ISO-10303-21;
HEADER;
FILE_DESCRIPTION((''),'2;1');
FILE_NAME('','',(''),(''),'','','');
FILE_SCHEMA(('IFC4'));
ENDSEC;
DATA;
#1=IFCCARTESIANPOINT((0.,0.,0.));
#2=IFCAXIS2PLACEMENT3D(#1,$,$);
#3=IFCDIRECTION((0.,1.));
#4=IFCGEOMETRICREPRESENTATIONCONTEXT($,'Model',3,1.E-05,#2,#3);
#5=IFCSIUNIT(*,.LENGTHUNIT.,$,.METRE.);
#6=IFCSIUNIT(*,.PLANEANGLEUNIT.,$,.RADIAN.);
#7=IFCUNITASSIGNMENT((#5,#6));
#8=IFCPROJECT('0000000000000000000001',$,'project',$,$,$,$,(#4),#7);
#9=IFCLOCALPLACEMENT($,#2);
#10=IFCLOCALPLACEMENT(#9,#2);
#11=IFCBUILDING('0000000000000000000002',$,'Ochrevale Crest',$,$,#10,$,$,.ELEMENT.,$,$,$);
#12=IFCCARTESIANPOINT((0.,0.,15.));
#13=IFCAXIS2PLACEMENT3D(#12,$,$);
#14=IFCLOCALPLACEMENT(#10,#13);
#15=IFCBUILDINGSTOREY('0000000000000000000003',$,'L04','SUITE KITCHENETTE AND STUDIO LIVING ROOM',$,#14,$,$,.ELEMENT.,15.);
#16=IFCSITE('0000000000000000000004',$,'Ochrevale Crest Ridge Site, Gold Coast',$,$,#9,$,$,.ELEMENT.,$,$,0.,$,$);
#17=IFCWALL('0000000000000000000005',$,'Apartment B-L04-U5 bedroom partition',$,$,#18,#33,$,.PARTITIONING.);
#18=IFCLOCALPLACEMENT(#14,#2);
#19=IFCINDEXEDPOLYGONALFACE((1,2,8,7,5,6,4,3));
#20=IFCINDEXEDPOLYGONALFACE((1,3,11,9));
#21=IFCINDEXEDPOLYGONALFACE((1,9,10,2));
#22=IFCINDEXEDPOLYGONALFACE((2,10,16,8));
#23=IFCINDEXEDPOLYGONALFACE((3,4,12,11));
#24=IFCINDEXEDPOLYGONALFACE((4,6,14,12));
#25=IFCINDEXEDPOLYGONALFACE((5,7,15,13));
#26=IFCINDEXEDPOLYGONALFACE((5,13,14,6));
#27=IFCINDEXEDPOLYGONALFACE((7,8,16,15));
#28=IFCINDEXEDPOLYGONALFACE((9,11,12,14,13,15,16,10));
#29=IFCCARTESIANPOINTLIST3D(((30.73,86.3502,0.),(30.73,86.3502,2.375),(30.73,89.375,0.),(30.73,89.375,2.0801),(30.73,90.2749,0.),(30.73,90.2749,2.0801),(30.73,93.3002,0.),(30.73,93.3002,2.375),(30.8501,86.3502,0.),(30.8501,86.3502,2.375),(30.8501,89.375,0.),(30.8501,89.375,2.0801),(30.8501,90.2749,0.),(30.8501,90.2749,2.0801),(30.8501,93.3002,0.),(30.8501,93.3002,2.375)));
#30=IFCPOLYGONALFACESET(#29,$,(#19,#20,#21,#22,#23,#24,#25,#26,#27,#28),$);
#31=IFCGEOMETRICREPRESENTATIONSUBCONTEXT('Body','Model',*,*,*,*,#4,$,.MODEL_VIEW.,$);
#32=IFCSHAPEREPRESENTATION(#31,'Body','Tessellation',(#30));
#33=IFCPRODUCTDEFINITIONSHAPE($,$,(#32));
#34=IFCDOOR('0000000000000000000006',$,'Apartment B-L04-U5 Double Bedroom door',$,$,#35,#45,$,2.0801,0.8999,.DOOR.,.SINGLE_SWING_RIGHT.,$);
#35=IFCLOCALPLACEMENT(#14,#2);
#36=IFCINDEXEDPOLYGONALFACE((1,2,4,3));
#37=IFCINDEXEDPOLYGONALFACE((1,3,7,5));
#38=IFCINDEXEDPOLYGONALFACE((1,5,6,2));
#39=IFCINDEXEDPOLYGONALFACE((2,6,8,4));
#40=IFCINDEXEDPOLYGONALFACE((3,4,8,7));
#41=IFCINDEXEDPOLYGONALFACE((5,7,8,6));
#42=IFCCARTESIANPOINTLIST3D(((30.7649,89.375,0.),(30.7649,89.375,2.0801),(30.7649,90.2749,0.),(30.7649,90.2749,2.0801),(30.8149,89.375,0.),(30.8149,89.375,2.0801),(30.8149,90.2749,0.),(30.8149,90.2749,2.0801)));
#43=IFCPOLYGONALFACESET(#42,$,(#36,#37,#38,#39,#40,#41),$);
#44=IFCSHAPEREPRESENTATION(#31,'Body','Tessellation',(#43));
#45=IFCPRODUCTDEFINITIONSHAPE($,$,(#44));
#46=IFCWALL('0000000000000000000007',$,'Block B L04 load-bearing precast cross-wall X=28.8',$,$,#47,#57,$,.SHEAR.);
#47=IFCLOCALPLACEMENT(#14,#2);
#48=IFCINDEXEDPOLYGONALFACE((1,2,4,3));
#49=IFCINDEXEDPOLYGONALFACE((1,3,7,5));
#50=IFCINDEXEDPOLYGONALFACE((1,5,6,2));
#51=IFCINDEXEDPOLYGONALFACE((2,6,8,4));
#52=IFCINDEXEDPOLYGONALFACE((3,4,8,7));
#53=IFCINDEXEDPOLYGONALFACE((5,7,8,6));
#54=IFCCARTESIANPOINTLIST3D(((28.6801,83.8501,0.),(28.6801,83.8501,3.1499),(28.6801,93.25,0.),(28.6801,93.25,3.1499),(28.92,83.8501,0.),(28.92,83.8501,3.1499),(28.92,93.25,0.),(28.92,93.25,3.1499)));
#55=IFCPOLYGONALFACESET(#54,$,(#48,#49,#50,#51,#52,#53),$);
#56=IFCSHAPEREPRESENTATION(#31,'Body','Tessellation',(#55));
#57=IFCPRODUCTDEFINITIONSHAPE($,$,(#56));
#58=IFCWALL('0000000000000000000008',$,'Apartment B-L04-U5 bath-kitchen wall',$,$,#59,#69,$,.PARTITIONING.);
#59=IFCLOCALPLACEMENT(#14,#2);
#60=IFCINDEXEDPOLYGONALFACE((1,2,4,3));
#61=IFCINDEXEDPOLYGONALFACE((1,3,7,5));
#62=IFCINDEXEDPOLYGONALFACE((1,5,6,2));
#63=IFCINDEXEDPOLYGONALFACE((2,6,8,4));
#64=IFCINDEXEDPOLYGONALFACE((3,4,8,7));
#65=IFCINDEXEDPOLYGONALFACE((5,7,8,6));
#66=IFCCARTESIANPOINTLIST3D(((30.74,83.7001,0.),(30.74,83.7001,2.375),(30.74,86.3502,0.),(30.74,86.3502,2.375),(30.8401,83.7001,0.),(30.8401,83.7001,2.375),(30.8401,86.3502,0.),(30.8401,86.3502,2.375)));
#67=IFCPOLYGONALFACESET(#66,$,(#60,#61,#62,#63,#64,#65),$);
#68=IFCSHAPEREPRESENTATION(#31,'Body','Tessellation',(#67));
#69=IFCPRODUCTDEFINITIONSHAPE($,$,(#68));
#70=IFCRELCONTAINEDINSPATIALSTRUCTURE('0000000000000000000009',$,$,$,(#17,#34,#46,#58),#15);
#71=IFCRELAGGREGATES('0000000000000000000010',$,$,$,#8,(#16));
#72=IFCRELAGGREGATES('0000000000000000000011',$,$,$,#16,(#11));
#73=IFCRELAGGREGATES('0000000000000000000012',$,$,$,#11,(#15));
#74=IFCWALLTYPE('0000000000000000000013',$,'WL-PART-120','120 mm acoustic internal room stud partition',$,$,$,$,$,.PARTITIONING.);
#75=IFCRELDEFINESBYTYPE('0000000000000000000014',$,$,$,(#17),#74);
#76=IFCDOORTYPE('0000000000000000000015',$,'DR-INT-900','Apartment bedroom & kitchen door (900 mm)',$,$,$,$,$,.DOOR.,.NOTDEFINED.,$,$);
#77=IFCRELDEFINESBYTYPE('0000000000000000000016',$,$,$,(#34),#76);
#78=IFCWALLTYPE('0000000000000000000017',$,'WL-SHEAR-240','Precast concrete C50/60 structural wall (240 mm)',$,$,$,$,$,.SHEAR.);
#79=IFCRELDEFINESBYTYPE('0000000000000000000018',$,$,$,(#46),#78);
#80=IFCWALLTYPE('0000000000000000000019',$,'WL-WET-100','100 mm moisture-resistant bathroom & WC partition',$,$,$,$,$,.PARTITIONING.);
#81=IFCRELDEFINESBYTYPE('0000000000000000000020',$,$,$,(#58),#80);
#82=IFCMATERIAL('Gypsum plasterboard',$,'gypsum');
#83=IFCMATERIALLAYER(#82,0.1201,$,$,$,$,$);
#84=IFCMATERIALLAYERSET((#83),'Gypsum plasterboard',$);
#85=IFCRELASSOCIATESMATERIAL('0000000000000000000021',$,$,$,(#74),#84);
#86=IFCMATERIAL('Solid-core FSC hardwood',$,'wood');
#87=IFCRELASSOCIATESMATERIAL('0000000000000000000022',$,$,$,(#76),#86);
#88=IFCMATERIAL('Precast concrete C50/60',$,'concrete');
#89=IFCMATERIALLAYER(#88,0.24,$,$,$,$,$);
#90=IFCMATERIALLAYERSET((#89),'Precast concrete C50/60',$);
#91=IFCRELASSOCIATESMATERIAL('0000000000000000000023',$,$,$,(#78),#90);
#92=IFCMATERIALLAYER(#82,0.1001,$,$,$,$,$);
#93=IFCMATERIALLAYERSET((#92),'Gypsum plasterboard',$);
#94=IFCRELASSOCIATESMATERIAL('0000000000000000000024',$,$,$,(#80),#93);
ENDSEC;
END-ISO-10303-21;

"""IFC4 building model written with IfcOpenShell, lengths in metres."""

from ifc_helpers import new_model, si_unit, direction, frame, frame_2d, origin, place, context, subcontext, project, spatial, rectangle, extrude, material, layer, layer_set, type_object, element, fill, save


model = new_model("IFC4")

# Units and contexts
model_context = context("Model", 3, precision=1e-05, world=origin(), true_north=direction((0.0, 1.0)))
body_context = subcontext(model_context, "Body", "Model", "MODEL_VIEW")
ifc_project = project(units=[si_unit("LENGTHUNIT", "METRE"), si_unit("PLANEANGLEUNIT", "RADIAN")], contexts=[model_context])

# Site, building, storey
site_placement = place(None, origin())
site = spatial("IfcSite", under=ifc_project, at=site_placement, Name="Ochrevale Crest Ridge Site, Gold Coast", CompositionType="ELEMENT", RefElevation=0.0)
building_placement = place(site_placement, origin())
building = spatial("IfcBuilding", under=site, at=building_placement, Name="Ochrevale Crest", CompositionType="ELEMENT")
storey_placement = place(building_placement, frame((0.0, 0.0, 15.0)))
storey = spatial("IfcBuildingStorey", under=building, at=storey_placement, Name="L04", Description="SUITE KITCHENETTE AND STUDIO LIVING ROOM", CompositionType="ELEMENT", Elevation=15.0)

# Shared definitions
ifc_material_1 = material(Name="Precast concrete C50/60", Category="concrete")

# Shared definitions
ifc_material_2 = material(Name="Gypsum plasterboard", Category="gypsum")
ifc_material_3 = material(Name="Solid-core FSC hardwood", Category="wood")

# Shared definitions
ifc_layer_1 = layer(ifc_material_2, 0.1201)
ifc_layer_set_1 = layer_set([ifc_layer_1], Name="Gypsum plasterboard")
wall_type_1 = type_object("IfcWallType", Name="WL-PART-120", Description="120 mm acoustic internal room stud partition", PredefinedType="PARTITIONING", material=ifc_layer_set_1)

# Shared definitions
door_type_1 = type_object("IfcDoorType", Name="DR-INT-900", Description="Apartment bedroom & kitchen door (900 mm)", OperationType="NOTDEFINED", PredefinedType="DOOR", material=ifc_material_3)

# Wall, opening, door
wall_1_placement = place(storey_placement, frame((30.79, 86.3501, 0.0), z_axis=(0.0, 0.0, 1.0), x_axis=(0.0, 1.0, 0.0)))
wall_1 = element("IfcWall", 1, at=wall_1_placement, inside=storey, type_object=wall_type_1, Name="Apartment B-L04-U5 bedroom partition", PredefinedType="PARTITIONING", context=body_context, shape_type="SweptSolid", body=[
    extrude(rectangle(XDim=6.95, YDim=0.1201, at=frame_2d((3.4751, 0.0))), origin(), (0.0, 0.0, 1.0), 2.375),
])
opening_1_placement = place(wall_1_placement, frame((3.9248, 0.0, 0.0), z_axis=(0.0, 0.0, 1.0), x_axis=(-1.0, 0.0, 0.0)))
opening_1 = element("IfcOpeningElement", 2, at=opening_1_placement, cuts=wall_1, PredefinedType="OPENING", context=body_context, shape_type="SweptSolid", body=[
    extrude(rectangle(XDim=0.8999, YDim=2.0801, at=frame_2d((0.45, 1.04))), frame((0.0, 0.0701, 0.0), z_axis=(0.0, -1.0, 0.0), x_axis=(1.0, 0.0, 0.0)), (0.0, 0.0, 1.0), 0.1401),
])
door_1_placement = place(opening_1_placement, origin())
door_1 = element("IfcDoor", 3, at=door_1_placement, inside=storey, type_object=door_type_1, Name="Apartment B-L04-U5 Double Bedroom door", OperationType="SINGLE_SWING_RIGHT", OverallHeight=2.0801, OverallWidth=0.8999, PredefinedType="DOOR", context=body_context, shape_type="SweptSolid", body=[
    extrude(rectangle(XDim=0.8999, YDim=2.0801, at=frame_2d((0.45, 1.04))), frame((0.0, 0.0249, 0.0), z_axis=(0.0, -1.0, 0.0), x_axis=(1.0, 0.0, 0.0)), (0.0, 0.0, 1.0), 0.05),
])
fill(opening_1, door_1)

# Walls
ifc_layer_2 = layer(ifc_material_1, 0.24)
ifc_layer_set_2 = layer_set([ifc_layer_2], Name="Precast concrete C50/60")
wall_type_2 = type_object("IfcWallType", Name="WL-SHEAR-240", Description="Precast concrete C50/60 structural wall (240 mm)", PredefinedType="SHEAR", material=ifc_layer_set_2)
wall_2_placement = place(storey_placement, frame((28.8, 83.8501, 0.0), z_axis=(0.0, 0.0, 1.0), x_axis=(0.0, 1.0, 0.0)))
element("IfcWall", 4, at=wall_2_placement, inside=storey, type_object=wall_type_2, Name="Block B L04 load-bearing precast cross-wall X=28.8", PredefinedType="SHEAR", context=body_context, shape_type="SweptSolid", body=[
    extrude(rectangle(XDim=9.3999, YDim=0.24, at=frame_2d((4.7, 0.0))), origin(), (0.0, 0.0, 1.0), 3.1499),
])
ifc_layer_3 = layer(ifc_material_2, 0.1001)
ifc_layer_set_3 = layer_set([ifc_layer_3], Name="Gypsum plasterboard")
wall_type_3 = type_object("IfcWallType", Name="WL-WET-100", Description="100 mm moisture-resistant bathroom & WC partition", PredefinedType="PARTITIONING", material=ifc_layer_set_3)
wall_3_placement = place(storey_placement, frame((30.79, 83.7, 0.0), z_axis=(0.0, 0.0, 1.0), x_axis=(0.0, 1.0, 0.0)))
element("IfcWall", 5, at=wall_3_placement, inside=storey, type_object=wall_type_3, Name="Apartment B-L04-U5 bath-kitchen wall", PredefinedType="PARTITIONING", context=body_context, shape_type="SweptSolid", body=[
    extrude(rectangle(XDim=2.6501, YDim=0.1001, at=frame_2d((1.3252, 0.0))), origin(), (0.0, 0.0, 1.0), 2.375),
])

save(model, "model.ifc")
